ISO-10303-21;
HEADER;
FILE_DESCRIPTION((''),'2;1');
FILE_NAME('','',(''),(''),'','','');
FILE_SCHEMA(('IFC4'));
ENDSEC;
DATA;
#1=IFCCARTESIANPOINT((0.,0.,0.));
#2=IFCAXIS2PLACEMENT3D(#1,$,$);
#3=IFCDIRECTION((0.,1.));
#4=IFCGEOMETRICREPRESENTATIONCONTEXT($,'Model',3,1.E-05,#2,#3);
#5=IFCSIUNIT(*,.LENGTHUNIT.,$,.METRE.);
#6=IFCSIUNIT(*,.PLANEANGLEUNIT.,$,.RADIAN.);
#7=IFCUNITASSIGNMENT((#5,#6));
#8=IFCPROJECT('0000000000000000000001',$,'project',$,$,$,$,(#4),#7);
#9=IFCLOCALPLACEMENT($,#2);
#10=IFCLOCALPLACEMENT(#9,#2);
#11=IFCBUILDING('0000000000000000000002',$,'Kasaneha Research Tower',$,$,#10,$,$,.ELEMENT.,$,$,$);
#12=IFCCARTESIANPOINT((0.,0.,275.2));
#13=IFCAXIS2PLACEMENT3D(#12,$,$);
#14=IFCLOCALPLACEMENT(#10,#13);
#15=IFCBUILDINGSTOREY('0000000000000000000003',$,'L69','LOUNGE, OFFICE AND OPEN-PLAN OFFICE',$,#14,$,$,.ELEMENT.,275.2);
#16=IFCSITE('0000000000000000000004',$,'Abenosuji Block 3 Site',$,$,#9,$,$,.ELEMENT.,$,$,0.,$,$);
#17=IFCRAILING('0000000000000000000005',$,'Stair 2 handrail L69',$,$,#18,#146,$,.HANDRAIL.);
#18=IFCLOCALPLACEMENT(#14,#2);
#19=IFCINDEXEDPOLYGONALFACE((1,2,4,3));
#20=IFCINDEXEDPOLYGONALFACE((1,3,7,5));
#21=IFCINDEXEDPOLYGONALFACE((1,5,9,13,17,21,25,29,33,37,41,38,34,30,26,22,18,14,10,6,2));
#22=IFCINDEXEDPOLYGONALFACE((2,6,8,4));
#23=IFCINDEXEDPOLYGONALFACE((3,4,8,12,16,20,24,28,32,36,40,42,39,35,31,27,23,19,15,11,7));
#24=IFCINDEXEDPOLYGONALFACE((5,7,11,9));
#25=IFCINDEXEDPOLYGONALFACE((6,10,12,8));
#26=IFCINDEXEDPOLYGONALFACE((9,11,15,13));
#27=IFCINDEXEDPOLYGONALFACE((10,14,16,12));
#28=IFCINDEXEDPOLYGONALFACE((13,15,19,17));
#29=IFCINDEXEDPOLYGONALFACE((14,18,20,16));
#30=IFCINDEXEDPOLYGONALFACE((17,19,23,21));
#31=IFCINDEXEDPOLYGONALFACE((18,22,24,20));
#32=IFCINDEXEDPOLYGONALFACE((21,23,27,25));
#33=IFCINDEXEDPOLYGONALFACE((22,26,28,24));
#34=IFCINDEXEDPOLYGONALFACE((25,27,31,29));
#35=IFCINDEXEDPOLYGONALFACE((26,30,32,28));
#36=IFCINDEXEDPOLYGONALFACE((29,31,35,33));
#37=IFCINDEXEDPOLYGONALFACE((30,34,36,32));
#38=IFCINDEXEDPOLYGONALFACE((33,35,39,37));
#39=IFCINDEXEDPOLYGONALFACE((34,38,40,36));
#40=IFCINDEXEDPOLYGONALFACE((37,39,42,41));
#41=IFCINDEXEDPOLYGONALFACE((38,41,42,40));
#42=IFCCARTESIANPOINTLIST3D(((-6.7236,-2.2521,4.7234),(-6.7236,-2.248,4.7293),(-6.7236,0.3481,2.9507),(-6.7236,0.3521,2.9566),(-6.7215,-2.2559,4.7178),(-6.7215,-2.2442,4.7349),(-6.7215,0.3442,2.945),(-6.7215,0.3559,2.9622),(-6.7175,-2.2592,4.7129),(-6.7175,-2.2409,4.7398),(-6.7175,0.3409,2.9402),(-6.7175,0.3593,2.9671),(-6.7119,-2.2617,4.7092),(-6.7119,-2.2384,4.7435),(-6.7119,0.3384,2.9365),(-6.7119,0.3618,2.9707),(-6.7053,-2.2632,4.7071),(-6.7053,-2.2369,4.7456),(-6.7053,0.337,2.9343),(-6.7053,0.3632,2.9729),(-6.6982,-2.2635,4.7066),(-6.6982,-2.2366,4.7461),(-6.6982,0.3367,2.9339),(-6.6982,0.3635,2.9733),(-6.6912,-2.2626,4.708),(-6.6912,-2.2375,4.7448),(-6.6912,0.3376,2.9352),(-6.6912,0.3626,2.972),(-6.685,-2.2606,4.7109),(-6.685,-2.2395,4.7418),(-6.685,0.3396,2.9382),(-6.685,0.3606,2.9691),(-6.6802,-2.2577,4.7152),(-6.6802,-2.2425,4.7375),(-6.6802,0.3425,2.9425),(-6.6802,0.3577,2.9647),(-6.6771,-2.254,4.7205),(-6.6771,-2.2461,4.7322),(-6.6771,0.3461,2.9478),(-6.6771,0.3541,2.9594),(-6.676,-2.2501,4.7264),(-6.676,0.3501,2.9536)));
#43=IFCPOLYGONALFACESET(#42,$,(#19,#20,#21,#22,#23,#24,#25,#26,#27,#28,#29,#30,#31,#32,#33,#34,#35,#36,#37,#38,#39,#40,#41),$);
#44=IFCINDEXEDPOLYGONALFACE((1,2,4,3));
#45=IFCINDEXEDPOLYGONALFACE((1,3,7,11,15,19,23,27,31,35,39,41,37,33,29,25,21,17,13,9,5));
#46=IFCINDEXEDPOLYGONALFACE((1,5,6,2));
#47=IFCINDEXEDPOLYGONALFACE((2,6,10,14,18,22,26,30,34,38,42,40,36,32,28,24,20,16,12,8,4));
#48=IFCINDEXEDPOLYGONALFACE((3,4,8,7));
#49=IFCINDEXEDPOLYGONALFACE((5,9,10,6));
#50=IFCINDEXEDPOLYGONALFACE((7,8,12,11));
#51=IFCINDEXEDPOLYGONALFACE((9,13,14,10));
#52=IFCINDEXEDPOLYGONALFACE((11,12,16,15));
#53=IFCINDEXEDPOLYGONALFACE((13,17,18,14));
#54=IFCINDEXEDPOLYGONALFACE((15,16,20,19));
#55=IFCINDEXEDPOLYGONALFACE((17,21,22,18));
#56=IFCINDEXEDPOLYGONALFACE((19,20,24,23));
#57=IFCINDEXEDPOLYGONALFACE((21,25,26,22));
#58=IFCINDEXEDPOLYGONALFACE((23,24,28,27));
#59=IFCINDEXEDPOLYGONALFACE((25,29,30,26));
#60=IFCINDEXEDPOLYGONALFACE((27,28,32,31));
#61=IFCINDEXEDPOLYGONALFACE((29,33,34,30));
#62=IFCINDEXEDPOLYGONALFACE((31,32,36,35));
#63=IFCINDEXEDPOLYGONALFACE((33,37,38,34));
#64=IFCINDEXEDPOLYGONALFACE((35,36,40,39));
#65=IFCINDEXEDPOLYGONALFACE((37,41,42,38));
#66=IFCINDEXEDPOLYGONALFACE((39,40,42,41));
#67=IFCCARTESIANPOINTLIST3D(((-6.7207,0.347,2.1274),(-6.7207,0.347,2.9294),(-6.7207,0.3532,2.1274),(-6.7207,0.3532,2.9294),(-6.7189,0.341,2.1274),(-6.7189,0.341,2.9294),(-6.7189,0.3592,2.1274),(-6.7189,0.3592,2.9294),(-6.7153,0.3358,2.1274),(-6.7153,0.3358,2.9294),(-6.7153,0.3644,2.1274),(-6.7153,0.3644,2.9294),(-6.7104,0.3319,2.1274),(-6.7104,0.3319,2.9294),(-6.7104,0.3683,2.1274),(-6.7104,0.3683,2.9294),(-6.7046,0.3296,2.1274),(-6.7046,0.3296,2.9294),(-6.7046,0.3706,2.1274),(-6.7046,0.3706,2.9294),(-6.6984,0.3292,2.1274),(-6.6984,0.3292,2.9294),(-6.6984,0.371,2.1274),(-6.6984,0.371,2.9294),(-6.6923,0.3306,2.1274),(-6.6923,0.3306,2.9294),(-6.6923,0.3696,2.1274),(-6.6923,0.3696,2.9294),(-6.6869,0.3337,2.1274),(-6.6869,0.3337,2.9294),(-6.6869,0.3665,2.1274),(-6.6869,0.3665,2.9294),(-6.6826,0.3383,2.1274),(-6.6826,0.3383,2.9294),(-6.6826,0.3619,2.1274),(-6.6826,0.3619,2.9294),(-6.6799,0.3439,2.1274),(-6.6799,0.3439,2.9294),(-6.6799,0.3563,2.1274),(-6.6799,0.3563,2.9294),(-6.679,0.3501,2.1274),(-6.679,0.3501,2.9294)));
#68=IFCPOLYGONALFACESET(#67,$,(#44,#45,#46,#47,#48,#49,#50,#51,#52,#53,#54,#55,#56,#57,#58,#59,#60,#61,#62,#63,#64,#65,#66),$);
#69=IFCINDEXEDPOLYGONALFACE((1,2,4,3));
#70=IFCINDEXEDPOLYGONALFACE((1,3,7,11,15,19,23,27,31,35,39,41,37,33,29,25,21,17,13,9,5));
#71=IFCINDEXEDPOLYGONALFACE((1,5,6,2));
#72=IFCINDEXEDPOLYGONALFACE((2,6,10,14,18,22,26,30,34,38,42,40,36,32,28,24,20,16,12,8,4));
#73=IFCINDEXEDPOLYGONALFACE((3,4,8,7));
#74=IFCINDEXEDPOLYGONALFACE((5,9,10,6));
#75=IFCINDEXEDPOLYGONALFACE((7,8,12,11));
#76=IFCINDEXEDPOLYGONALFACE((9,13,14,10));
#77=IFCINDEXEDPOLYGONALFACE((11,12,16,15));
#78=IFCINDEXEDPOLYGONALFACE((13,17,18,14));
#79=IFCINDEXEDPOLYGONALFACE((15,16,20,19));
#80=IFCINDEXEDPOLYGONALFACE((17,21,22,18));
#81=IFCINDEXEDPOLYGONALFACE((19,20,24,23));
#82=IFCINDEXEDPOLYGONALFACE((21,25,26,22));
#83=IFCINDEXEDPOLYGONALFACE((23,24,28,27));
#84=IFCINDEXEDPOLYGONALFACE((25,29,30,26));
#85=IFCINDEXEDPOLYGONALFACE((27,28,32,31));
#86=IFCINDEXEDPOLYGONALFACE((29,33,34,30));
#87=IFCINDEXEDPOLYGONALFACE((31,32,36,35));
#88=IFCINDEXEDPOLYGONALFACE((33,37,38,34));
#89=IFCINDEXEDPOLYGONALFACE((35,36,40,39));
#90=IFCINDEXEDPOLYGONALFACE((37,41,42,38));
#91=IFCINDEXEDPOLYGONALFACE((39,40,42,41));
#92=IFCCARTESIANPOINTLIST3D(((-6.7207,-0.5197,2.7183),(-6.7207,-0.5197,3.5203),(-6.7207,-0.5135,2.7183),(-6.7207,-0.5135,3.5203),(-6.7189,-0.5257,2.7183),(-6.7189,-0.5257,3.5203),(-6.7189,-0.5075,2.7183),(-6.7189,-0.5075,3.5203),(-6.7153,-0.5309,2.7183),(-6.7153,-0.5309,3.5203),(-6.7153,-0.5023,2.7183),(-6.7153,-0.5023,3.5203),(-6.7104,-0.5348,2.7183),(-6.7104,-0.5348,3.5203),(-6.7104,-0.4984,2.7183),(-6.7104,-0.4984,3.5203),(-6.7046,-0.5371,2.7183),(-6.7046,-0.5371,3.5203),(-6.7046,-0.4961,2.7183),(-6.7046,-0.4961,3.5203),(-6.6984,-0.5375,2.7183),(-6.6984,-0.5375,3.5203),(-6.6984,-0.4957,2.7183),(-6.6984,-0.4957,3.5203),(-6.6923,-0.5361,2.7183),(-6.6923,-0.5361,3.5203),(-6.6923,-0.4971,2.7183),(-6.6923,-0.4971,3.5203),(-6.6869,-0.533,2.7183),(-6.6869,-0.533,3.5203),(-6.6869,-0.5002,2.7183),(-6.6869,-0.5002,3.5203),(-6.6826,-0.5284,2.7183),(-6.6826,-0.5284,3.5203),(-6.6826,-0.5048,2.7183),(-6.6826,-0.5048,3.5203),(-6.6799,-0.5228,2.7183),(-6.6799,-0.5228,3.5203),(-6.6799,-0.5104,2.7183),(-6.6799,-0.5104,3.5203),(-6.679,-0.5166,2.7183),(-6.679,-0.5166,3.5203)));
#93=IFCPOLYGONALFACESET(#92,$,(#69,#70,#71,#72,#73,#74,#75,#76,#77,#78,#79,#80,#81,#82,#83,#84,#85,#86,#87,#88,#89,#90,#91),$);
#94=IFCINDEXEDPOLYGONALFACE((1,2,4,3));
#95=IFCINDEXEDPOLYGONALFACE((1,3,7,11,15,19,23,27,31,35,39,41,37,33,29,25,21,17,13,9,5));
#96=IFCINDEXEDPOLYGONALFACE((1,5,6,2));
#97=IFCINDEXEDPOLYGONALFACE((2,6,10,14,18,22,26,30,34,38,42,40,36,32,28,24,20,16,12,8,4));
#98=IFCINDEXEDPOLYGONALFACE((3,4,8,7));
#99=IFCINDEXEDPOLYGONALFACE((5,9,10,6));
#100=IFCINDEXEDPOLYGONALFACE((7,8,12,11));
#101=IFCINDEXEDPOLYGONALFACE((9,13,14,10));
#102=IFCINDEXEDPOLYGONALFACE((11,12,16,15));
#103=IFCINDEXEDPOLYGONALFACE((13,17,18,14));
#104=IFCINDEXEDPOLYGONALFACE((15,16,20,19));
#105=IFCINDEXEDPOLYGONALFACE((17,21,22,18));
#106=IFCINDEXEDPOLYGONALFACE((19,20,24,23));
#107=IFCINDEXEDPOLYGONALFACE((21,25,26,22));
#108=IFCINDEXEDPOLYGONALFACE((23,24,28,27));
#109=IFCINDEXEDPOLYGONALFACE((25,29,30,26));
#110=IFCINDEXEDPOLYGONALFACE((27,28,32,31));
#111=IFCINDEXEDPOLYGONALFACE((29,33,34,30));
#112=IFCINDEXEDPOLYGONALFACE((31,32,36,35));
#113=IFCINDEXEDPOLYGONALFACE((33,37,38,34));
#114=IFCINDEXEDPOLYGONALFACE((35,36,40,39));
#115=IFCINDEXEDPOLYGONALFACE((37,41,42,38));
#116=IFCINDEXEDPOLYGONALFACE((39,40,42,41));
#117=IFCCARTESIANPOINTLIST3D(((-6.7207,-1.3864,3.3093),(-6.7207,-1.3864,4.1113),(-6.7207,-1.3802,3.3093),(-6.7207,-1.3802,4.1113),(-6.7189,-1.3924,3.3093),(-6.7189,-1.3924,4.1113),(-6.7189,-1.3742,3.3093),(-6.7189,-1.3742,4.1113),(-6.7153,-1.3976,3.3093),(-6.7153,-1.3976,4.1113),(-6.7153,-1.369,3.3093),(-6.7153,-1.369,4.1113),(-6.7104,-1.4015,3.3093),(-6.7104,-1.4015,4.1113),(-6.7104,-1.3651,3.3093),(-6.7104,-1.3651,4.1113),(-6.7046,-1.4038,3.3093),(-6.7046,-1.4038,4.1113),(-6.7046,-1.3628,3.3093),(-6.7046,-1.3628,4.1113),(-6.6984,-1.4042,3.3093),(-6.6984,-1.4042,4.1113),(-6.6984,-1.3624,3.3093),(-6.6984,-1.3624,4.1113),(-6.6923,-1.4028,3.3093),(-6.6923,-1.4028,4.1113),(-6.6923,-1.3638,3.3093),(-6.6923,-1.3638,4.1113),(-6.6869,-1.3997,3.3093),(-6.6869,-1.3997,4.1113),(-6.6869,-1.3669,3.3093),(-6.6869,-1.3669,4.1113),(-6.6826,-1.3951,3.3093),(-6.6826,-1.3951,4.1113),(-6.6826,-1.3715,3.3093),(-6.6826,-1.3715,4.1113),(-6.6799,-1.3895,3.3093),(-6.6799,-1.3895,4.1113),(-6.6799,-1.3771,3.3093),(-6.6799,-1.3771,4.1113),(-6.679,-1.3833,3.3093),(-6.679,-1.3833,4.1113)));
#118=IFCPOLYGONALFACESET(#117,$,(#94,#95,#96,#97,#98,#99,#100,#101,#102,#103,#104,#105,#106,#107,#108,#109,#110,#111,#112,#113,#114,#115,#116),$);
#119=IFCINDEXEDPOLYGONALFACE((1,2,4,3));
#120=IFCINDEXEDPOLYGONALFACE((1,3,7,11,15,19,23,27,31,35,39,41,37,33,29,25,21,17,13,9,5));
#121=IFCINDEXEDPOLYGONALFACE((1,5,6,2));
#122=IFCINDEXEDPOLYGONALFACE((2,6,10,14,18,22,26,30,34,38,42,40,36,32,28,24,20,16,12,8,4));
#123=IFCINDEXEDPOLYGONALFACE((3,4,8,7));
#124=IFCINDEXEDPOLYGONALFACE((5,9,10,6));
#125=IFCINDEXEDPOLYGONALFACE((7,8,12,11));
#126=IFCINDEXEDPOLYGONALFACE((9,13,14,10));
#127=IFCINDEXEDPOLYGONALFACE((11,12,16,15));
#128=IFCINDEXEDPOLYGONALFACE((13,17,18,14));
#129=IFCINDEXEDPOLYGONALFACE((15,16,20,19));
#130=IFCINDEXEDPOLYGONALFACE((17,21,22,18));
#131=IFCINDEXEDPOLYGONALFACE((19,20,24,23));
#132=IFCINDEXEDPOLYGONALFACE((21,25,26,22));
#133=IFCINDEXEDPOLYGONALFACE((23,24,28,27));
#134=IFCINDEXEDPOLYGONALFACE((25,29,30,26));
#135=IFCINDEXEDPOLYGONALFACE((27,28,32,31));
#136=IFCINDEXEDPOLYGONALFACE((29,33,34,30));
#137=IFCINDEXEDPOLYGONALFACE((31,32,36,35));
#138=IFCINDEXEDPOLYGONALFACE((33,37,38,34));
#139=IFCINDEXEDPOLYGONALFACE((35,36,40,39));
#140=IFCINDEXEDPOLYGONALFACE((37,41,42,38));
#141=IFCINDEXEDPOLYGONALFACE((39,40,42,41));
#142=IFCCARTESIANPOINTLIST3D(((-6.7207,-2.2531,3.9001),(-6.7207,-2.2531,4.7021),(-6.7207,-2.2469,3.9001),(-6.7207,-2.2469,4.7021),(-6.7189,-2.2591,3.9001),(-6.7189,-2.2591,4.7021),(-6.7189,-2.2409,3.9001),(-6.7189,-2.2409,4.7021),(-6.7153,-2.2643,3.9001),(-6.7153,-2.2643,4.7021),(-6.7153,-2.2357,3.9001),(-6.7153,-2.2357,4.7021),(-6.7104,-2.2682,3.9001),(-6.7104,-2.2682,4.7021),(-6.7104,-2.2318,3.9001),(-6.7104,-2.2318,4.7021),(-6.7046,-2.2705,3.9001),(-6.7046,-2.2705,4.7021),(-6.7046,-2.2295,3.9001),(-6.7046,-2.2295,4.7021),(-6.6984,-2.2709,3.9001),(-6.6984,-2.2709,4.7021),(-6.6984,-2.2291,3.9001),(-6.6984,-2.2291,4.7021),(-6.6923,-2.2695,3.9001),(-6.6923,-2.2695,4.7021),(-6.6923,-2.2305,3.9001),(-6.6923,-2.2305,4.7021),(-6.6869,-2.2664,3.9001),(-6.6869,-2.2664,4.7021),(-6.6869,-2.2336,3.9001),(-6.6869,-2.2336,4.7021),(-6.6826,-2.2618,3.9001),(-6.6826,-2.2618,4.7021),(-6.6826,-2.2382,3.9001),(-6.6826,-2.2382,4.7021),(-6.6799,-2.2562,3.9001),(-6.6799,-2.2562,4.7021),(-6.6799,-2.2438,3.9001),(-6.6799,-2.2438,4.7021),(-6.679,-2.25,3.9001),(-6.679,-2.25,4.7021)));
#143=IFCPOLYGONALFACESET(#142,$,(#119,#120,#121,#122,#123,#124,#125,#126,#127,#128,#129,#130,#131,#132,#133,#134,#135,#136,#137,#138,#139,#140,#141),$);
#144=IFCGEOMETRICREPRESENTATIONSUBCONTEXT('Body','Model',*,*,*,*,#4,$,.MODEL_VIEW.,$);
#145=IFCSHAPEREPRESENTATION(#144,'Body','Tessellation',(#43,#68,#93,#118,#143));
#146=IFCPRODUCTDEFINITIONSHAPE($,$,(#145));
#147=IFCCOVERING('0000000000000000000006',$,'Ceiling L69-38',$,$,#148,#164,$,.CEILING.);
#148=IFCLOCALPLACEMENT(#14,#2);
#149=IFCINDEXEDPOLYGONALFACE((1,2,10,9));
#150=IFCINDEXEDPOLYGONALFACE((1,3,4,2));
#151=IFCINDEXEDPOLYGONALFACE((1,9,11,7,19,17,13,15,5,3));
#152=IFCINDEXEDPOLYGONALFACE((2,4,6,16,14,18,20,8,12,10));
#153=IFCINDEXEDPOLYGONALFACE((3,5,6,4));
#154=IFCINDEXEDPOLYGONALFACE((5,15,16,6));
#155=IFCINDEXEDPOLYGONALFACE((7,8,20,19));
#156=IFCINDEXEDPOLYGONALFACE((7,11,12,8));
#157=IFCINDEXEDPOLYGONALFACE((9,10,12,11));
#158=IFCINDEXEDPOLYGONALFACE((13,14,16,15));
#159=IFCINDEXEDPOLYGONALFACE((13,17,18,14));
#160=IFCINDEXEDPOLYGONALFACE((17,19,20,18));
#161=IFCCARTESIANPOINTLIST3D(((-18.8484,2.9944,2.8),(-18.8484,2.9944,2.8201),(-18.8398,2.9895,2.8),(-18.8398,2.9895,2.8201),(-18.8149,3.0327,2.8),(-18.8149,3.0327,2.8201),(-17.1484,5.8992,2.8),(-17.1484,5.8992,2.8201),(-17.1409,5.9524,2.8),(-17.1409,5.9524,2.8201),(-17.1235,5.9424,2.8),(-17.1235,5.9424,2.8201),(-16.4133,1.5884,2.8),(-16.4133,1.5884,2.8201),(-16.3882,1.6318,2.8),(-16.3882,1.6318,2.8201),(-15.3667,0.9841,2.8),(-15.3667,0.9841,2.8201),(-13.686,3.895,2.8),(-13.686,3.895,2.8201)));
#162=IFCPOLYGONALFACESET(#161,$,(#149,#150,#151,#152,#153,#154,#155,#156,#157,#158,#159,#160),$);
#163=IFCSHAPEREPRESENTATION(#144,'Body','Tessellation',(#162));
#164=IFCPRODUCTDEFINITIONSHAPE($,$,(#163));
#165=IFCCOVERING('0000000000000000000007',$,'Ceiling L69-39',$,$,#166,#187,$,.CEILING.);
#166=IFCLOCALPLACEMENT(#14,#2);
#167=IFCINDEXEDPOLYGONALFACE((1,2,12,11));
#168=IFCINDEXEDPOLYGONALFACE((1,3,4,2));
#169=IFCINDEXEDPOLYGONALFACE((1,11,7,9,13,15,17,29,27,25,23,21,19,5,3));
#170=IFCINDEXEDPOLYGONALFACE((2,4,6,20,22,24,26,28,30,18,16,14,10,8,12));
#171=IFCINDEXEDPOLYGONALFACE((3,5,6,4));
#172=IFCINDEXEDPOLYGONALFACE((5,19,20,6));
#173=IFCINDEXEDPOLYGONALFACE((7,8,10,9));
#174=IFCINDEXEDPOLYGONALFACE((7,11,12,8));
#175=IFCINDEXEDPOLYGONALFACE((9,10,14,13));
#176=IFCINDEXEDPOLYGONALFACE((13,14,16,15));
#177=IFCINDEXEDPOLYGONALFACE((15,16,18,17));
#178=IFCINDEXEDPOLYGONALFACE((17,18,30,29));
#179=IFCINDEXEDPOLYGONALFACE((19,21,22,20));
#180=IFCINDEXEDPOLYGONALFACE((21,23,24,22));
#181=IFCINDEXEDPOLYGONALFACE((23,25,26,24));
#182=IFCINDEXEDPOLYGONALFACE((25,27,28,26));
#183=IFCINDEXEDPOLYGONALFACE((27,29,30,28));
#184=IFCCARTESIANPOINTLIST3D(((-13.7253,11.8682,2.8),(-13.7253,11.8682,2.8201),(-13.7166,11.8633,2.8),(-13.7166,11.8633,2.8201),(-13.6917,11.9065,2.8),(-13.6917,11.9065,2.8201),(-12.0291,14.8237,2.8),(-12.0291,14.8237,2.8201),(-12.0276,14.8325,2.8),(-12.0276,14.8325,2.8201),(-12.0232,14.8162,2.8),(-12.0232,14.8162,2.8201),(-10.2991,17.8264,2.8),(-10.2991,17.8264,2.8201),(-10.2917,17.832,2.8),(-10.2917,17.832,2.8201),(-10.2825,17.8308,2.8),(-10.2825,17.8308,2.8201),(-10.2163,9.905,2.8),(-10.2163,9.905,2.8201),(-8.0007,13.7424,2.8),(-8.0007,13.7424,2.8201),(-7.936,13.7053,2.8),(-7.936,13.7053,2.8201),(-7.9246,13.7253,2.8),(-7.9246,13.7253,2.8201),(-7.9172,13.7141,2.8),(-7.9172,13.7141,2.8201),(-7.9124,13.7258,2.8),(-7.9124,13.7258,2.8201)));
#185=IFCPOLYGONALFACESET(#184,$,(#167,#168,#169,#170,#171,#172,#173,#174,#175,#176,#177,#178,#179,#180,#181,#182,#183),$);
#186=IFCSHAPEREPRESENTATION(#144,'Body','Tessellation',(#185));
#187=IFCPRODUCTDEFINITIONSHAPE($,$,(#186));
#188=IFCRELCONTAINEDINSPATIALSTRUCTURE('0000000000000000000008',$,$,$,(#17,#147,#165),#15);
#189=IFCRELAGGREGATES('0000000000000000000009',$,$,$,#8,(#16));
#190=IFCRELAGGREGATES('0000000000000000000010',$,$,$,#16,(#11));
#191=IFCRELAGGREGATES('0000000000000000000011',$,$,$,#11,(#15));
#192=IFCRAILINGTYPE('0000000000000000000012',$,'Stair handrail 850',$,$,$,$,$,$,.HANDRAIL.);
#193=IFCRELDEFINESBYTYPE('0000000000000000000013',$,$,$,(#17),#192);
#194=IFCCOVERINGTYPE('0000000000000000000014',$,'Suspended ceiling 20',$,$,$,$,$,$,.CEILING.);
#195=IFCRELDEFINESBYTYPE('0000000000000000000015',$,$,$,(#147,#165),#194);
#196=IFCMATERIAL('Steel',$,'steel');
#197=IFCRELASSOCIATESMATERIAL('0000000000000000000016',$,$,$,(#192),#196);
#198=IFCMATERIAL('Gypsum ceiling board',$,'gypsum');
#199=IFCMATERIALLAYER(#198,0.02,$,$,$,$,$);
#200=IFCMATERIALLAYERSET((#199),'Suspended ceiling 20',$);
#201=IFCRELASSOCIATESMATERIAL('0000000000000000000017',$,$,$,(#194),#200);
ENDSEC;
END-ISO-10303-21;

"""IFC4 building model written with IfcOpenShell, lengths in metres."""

from ifc_helpers import new_model, si_unit, direction, frame, origin, origin_2d, place, context, subcontext, project, spatial, polyline, circle, outline, extrude, material, layer, layer_set, type_object, element, save


model = new_model("IFC4")

# Units and contexts
model_context = context("Model", 3, precision=1e-05, world=origin(), true_north=direction((0.0, 1.0)))
body_context = subcontext(model_context, "Body", "Model", "MODEL_VIEW")
ifc_project = project(units=[si_unit("LENGTHUNIT", "METRE"), si_unit("PLANEANGLEUNIT", "RADIAN")], contexts=[model_context])

# Site, building, storey
site_placement = place(None, origin())
site = spatial("IfcSite", under=ifc_project, at=site_placement, Name="Abenosuji Block 3 Site", CompositionType="ELEMENT", RefElevation=0.0)
building_placement = place(site_placement, origin())
building = spatial("IfcBuilding", under=site, at=building_placement, Name="Kasaneha Research Tower", CompositionType="ELEMENT")
storey_placement = place(building_placement, frame((0.0, 0.0, 275.2)))
storey = spatial("IfcBuildingStorey", under=building, at=storey_placement, Name="L69", Description="LOUNGE, OFFICE AND OPEN-PLAN OFFICE", CompositionType="ELEMENT", Elevation=275.2)

# Railing
ifc_material_1 = material(Name="Steel", Category="steel")
railing_type = type_object("IfcRailingType", Name="Stair handrail 850", PredefinedType="HANDRAIL", material=ifc_material_1)
railing_placement = place(storey_placement, frame((-6.7, 0.3501, 2.1274)))
element("IfcRailing", 1, at=railing_placement, inside=storey, type_object=railing_type, Name="Stair 2 handrail L69", PredefinedType="HANDRAIL", context=body_context, shape_type="SweptSolid", body=[
    extrude(circle(Radius=0.0239, at=origin_2d()), frame((0.0, 0.0, 0.8262), z_axis=(0.0, -0.82624, 0.563318), x_axis=(1.0, 0.0, 0.0)), (0.0, 0.0, 1.0), 3.147),
    extrude(circle(Radius=0.021, at=origin_2d()), origin(), (0.0, 0.0, 1.0), 0.802),
    extrude(circle(Radius=0.021, at=origin_2d()), frame((0.0, -0.8667, 0.5908)), (0.0, 0.0, 1.0), 0.802),
    extrude(circle(Radius=0.021, at=origin_2d()), frame((0.0, -1.7334, 1.1819)), (0.0, 0.0, 1.0), 0.802),
    extrude(circle(Radius=0.021, at=origin_2d()), frame((0.0, -2.6001, 1.7727)), (0.0, 0.0, 1.0), 0.802),
])

# Coverings
ifc_material_2 = material(Name="Gypsum ceiling board", Category="gypsum")
ifc_layer_1 = layer(ifc_material_2, 0.02)
ifc_layer_set_1 = layer_set([ifc_layer_1], Name="Suspended ceiling 20")
covering_type_1 = type_object("IfcCoveringType", Name="Suspended ceiling 20", PredefinedType="CEILING", material=ifc_layer_set_1)
covering_1_placement = place(storey_placement, frame((0.0, 0.0, 2.8)))
element("IfcCovering", 2, at=covering_1_placement, inside=storey, type_object=covering_type_1, Name="Ceiling L69-38", PredefinedType="CEILING", context=body_context, shape_type="SweptSolid", body=[
    extrude(outline(polyline([(-17.1235, 5.9424), (-17.1484, 5.8992), (-13.686, 3.895), (-15.3667, 0.9841), (-16.4133, 1.5884), (-16.3882, 1.6318), (-18.8149, 3.0327), (-18.8398, 2.9895), (-18.8484, 2.9944), (-17.1409, 5.9524), (-17.1235, 5.9424)])), origin(), (0.0, 0.0, 1.0), 0.02),
])
covering_2_placement = place(storey_placement, frame((0.0, 0.0, 2.8)))
element("IfcCovering", 3, at=covering_2_placement, inside=storey, type_object=covering_type_1, Name="Ceiling L69-39", PredefinedType="CEILING", context=body_context, shape_type="SweptSolid", body=[
    extrude(outline(polyline([(-12.0276, 14.8325), (-10.2991, 17.8264), (-10.2917, 17.832), (-10.2825, 17.8308), (-7.9124, 13.7258), (-7.9172, 13.7141), (-7.9246, 13.7253), (-7.936, 13.7053), (-8.0007, 13.7424), (-10.2163, 9.905), (-13.6917, 11.9065), (-13.7166, 11.8633), (-13.7253, 11.8682), (-12.0232, 14.8162), (-12.0291, 14.8237), (-12.0276, 14.8325)])), origin(), (0.0, 0.0, 1.0), 0.02),
])

save(model, "model.ifc")
